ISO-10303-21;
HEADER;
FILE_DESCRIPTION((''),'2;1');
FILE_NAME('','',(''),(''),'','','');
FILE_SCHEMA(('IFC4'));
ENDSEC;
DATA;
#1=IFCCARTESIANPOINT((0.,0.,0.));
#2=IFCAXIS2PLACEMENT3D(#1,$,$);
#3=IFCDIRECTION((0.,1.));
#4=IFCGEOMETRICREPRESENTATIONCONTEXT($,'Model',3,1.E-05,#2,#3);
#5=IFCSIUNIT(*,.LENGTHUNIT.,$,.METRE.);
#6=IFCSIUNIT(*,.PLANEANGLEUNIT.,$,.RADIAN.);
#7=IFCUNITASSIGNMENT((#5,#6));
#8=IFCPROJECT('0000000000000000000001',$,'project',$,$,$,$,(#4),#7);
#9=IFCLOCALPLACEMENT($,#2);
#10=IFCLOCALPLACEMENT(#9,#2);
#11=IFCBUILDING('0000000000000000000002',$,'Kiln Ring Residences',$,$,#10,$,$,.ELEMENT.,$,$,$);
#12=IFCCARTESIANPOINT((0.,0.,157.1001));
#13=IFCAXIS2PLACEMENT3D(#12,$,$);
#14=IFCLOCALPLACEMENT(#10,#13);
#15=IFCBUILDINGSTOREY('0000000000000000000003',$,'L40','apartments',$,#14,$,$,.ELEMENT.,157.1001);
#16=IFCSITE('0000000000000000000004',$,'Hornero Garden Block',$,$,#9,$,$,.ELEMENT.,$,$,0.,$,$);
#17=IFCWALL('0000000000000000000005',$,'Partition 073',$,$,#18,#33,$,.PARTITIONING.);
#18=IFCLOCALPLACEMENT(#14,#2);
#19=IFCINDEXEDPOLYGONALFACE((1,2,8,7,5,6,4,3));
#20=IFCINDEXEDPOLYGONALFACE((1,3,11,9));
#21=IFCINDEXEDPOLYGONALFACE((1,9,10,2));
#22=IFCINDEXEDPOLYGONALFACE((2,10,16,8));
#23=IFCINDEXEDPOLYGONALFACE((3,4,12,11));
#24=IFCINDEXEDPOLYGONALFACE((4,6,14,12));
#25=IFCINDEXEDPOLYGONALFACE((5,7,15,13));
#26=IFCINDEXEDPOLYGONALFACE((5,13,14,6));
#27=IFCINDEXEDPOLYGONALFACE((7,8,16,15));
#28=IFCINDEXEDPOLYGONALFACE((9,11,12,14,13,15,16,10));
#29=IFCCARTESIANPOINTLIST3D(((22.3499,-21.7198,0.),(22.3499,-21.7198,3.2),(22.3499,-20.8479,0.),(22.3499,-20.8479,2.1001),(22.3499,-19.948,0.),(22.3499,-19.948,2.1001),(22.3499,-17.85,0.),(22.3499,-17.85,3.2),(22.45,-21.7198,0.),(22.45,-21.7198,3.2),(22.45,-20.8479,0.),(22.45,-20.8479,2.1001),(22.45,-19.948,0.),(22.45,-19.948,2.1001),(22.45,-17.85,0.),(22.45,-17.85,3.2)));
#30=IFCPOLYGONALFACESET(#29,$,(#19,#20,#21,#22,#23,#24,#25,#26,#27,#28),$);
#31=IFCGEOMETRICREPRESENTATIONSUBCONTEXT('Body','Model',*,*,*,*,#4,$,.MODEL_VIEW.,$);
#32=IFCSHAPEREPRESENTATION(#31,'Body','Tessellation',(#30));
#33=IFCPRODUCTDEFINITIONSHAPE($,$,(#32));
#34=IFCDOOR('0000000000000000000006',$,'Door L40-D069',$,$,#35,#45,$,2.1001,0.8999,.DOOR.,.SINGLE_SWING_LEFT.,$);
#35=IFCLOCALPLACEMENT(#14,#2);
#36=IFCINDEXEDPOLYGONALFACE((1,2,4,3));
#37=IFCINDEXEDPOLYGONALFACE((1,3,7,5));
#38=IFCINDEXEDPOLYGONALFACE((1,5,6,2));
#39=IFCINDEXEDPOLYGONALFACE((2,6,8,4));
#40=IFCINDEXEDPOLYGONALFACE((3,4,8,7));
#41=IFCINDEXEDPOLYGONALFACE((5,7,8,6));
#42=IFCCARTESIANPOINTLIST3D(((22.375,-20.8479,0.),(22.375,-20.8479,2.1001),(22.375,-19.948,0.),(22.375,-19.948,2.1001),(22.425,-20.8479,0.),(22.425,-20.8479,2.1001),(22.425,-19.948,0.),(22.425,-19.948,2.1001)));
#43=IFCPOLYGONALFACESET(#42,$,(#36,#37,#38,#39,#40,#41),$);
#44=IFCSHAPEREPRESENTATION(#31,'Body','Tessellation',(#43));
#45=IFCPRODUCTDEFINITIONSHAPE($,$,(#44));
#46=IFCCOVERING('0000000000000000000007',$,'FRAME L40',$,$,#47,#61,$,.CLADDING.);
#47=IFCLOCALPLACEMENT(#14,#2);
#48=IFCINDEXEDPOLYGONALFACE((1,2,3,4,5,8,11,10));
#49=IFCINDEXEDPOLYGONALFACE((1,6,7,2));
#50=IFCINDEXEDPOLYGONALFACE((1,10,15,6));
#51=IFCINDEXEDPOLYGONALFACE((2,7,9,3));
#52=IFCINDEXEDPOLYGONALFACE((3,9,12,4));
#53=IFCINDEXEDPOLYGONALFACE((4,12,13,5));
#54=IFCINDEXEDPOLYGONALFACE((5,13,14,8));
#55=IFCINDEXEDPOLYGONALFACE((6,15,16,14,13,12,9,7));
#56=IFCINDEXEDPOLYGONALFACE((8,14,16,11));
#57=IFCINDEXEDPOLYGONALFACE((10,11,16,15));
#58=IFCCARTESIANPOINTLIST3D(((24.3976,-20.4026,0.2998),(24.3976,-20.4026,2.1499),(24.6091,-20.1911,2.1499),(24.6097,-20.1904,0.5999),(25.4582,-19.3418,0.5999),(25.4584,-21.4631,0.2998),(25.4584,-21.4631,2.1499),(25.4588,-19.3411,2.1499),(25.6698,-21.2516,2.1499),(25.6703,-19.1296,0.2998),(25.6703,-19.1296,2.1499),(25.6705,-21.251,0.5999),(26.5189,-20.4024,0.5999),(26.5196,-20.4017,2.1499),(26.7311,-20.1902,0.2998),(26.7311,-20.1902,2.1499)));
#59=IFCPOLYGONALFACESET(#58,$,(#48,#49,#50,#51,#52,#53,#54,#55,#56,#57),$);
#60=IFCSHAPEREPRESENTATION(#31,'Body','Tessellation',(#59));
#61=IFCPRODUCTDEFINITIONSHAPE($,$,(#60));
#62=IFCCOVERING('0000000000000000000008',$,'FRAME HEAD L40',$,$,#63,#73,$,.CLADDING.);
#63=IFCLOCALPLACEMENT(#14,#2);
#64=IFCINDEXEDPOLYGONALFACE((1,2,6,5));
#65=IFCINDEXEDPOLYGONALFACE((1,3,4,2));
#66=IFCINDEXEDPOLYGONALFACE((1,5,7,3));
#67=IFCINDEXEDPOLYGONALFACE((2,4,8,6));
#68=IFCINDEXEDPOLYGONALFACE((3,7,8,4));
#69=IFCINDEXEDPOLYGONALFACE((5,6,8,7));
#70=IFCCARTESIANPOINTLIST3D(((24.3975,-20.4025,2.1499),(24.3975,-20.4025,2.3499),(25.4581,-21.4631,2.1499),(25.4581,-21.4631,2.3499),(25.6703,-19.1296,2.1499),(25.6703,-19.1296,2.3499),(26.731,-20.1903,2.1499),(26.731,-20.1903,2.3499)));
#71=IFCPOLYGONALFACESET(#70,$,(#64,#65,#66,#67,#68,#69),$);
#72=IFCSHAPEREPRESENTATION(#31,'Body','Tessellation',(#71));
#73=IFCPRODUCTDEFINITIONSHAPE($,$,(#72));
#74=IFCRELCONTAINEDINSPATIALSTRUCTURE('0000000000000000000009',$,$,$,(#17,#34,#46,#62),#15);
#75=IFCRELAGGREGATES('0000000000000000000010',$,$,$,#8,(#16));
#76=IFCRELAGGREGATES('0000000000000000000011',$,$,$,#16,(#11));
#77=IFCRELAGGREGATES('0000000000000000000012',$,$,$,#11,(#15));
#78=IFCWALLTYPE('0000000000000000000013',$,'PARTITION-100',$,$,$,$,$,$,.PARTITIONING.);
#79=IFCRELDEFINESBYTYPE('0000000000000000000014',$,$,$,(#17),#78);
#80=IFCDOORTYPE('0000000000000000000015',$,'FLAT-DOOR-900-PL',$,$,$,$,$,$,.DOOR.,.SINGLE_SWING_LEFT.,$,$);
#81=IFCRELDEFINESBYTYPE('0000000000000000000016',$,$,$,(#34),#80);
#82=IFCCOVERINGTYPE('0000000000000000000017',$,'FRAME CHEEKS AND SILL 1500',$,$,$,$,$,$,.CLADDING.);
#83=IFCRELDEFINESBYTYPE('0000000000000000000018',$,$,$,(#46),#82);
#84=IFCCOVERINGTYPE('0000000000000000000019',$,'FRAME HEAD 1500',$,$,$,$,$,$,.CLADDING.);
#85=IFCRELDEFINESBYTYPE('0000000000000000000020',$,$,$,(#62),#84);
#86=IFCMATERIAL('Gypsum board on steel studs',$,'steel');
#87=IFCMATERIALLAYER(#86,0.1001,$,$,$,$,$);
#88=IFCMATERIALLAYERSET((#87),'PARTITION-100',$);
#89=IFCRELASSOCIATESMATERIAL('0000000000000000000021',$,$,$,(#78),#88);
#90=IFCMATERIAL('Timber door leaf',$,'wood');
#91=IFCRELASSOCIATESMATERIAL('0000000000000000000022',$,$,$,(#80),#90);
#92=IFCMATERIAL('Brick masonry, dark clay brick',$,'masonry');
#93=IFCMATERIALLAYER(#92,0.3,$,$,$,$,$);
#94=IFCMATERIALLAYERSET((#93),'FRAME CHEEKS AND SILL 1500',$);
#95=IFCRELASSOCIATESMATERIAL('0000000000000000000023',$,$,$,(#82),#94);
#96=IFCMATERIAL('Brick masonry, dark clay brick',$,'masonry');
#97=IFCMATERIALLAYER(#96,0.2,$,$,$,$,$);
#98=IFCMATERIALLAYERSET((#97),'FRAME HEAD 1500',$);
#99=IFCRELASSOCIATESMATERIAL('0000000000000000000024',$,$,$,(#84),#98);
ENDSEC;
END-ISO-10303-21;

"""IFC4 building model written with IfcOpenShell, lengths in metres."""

from ifc_helpers import new_model, si_unit, direction, frame, frame_2d, origin, origin_2d, place, context, subcontext, project, spatial, polyline, rectangle, outline, extrude, material, layer, layer_set, type_object, element, fill, save


model = new_model("IFC4")

# Units and contexts
model_context = context("Model", 3, precision=1e-05, world=origin(), true_north=direction((0.0, 1.0)))
body_context = subcontext(model_context, "Body", "Model", "MODEL_VIEW")
ifc_project = project(units=[si_unit("LENGTHUNIT", "METRE"), si_unit("PLANEANGLEUNIT", "RADIAN")], contexts=[model_context])

# Site, building, storey
site_placement = place(None, origin())
site = spatial("IfcSite", under=ifc_project, at=site_placement, Name="Hornero Garden Block", CompositionType="ELEMENT", RefElevation=0.0)
building_placement = place(site_placement, origin())
building = spatial("IfcBuilding", under=site, at=building_placement, Name="Kiln Ring Residences", CompositionType="ELEMENT")
storey_placement = place(building_placement, frame((0.0, 0.0, 157.1001)))
storey = spatial("IfcBuildingStorey", under=building, at=storey_placement, Name="L40", Description="apartments", CompositionType="ELEMENT", Elevation=157.1001)

# Wall, opening, door
ifc_material_1 = material(Name="Gypsum board on steel studs", Category="steel")
ifc_layer_1 = layer(ifc_material_1, 0.1001)
ifc_layer_set_1 = layer_set([ifc_layer_1], Name="PARTITION-100")
wall_type_1 = type_object("IfcWallType", Name="PARTITION-100", PredefinedType="PARTITIONING", material=ifc_layer_set_1)
wall_1_placement = place(storey_placement, frame((22.3999, -21.72, 0.0), z_axis=(0.0, 0.0, 1.0), x_axis=(0.0, 1.0, 0.0)))
wall_1 = element("IfcWall", 1, at=wall_1_placement, inside=storey, type_object=wall_type_1, Name="Partition 073", PredefinedType="PARTITIONING", context=body_context, shape_type="SweptSolid", body=[
    extrude(rectangle(XDim=3.8699, YDim=0.1001, at=frame_2d((1.9351, 0.0))), origin(), (0.0, 0.0, 1.0), 3.2),
])
opening_1_placement = place(wall_1_placement, frame((0.8721, 0.0, 0.0)))
opening_1 = element("IfcOpeningElement", 2, at=opening_1_placement, cuts=wall_1, PredefinedType="OPENING", context=body_context, shape_type="SweptSolid", body=[
    extrude(rectangle(XDim=0.8999, YDim=2.1001, at=frame_2d((0.45, 1.05))), frame((0.0, 0.0601, 0.0), z_axis=(0.0, -1.0, 0.0), x_axis=(1.0, 0.0, 0.0)), (0.0, 0.0, 1.0), 0.1201),
])
ifc_material_2 = material(Name="Timber door leaf", Category="wood")
door_type = type_object("IfcDoorType", Name="FLAT-DOOR-900-PL", OperationType="SINGLE_SWING_LEFT", PredefinedType="DOOR", material=ifc_material_2)
door_placement = place(opening_1_placement, origin())
door = element("IfcDoor", 3, at=door_placement, inside=storey, type_object=door_type, Name="Door L40-D069", OperationType="SINGLE_SWING_LEFT", OverallHeight=2.1001, OverallWidth=0.8999, PredefinedType="DOOR", context=body_context, shape_type="SweptSolid", body=[
    extrude(rectangle(XDim=0.8999, YDim=2.1001, at=frame_2d((0.45, 1.05))), frame((0.0, 0.0249, 0.0), z_axis=(0.0, -1.0, 0.0), x_axis=(1.0, 0.0, 0.0)), (0.0, 0.0, 1.0), 0.05),
])
fill(opening_1, door)

# Coverings
ifc_material_3 = material(Name="Brick masonry, dark clay brick", Category="masonry")
ifc_layer_2 = layer(ifc_material_3, 0.3)
ifc_layer_set_2 = layer_set([ifc_layer_2], Name="FRAME CHEEKS AND SILL 1500")
covering_type_1 = type_object("IfcCoveringType", Name="FRAME CHEEKS AND SILL 1500", PredefinedType="CLADDING", material=ifc_layer_set_2)
covering_1_placement = place(storey_placement, frame((24.928, -20.9329, 0.2998), z_axis=(0.0, 0.0, 1.0), x_axis=(0.707039, 0.707175, 0.0)))
element("IfcCovering", 4, at=covering_1_placement, inside=storey, type_object=covering_type_1, Name="FRAME L40", PredefinedType="CLADDING", context=body_context, shape_type="SweptSolid", body=[
    extrude(outline(polyline([(0.0, 0.0), (1.8, 0.0), (1.8, 1.8501), (1.501, 1.8501), (1.5, 0.3), (0.3, 0.3), (0.2991, 1.8501), (0.0, 1.8501), (0.0, 0.0)])), frame((0.0, 0.75, 0.0), z_axis=(0.0, -1.0, 0.0), x_axis=(1.0, 0.0, 0.0)), (0.0, 0.0, 1.0), 1.5),
])
ifc_material_4 = material(Name="Brick masonry, dark clay brick", Category="masonry")
ifc_layer_3 = layer(ifc_material_4, 0.2)
ifc_layer_set_3 = layer_set([ifc_layer_3], Name="FRAME HEAD 1500")
covering_type_2 = type_object("IfcCoveringType", Name="FRAME HEAD 1500", PredefinedType="CLADDING", material=ifc_layer_set_3)
covering_2_placement = place(storey_placement, frame((25.5642, -20.2964, 2.1499), z_axis=(0.0, 0.0, 1.0), x_axis=(0.707107, 0.707107, 0.0)))
element("IfcCovering", 5, at=covering_2_placement, inside=storey, type_object=covering_type_2, Name="FRAME HEAD L40", PredefinedType="CLADDING", context=body_context, shape_type="SweptSolid", body=[
    extrude(rectangle(XDim=1.8, YDim=1.5, at=origin_2d()), origin(), (0.0, 0.0, 1.0), 0.2),
])

save(model, "model.ifc")
